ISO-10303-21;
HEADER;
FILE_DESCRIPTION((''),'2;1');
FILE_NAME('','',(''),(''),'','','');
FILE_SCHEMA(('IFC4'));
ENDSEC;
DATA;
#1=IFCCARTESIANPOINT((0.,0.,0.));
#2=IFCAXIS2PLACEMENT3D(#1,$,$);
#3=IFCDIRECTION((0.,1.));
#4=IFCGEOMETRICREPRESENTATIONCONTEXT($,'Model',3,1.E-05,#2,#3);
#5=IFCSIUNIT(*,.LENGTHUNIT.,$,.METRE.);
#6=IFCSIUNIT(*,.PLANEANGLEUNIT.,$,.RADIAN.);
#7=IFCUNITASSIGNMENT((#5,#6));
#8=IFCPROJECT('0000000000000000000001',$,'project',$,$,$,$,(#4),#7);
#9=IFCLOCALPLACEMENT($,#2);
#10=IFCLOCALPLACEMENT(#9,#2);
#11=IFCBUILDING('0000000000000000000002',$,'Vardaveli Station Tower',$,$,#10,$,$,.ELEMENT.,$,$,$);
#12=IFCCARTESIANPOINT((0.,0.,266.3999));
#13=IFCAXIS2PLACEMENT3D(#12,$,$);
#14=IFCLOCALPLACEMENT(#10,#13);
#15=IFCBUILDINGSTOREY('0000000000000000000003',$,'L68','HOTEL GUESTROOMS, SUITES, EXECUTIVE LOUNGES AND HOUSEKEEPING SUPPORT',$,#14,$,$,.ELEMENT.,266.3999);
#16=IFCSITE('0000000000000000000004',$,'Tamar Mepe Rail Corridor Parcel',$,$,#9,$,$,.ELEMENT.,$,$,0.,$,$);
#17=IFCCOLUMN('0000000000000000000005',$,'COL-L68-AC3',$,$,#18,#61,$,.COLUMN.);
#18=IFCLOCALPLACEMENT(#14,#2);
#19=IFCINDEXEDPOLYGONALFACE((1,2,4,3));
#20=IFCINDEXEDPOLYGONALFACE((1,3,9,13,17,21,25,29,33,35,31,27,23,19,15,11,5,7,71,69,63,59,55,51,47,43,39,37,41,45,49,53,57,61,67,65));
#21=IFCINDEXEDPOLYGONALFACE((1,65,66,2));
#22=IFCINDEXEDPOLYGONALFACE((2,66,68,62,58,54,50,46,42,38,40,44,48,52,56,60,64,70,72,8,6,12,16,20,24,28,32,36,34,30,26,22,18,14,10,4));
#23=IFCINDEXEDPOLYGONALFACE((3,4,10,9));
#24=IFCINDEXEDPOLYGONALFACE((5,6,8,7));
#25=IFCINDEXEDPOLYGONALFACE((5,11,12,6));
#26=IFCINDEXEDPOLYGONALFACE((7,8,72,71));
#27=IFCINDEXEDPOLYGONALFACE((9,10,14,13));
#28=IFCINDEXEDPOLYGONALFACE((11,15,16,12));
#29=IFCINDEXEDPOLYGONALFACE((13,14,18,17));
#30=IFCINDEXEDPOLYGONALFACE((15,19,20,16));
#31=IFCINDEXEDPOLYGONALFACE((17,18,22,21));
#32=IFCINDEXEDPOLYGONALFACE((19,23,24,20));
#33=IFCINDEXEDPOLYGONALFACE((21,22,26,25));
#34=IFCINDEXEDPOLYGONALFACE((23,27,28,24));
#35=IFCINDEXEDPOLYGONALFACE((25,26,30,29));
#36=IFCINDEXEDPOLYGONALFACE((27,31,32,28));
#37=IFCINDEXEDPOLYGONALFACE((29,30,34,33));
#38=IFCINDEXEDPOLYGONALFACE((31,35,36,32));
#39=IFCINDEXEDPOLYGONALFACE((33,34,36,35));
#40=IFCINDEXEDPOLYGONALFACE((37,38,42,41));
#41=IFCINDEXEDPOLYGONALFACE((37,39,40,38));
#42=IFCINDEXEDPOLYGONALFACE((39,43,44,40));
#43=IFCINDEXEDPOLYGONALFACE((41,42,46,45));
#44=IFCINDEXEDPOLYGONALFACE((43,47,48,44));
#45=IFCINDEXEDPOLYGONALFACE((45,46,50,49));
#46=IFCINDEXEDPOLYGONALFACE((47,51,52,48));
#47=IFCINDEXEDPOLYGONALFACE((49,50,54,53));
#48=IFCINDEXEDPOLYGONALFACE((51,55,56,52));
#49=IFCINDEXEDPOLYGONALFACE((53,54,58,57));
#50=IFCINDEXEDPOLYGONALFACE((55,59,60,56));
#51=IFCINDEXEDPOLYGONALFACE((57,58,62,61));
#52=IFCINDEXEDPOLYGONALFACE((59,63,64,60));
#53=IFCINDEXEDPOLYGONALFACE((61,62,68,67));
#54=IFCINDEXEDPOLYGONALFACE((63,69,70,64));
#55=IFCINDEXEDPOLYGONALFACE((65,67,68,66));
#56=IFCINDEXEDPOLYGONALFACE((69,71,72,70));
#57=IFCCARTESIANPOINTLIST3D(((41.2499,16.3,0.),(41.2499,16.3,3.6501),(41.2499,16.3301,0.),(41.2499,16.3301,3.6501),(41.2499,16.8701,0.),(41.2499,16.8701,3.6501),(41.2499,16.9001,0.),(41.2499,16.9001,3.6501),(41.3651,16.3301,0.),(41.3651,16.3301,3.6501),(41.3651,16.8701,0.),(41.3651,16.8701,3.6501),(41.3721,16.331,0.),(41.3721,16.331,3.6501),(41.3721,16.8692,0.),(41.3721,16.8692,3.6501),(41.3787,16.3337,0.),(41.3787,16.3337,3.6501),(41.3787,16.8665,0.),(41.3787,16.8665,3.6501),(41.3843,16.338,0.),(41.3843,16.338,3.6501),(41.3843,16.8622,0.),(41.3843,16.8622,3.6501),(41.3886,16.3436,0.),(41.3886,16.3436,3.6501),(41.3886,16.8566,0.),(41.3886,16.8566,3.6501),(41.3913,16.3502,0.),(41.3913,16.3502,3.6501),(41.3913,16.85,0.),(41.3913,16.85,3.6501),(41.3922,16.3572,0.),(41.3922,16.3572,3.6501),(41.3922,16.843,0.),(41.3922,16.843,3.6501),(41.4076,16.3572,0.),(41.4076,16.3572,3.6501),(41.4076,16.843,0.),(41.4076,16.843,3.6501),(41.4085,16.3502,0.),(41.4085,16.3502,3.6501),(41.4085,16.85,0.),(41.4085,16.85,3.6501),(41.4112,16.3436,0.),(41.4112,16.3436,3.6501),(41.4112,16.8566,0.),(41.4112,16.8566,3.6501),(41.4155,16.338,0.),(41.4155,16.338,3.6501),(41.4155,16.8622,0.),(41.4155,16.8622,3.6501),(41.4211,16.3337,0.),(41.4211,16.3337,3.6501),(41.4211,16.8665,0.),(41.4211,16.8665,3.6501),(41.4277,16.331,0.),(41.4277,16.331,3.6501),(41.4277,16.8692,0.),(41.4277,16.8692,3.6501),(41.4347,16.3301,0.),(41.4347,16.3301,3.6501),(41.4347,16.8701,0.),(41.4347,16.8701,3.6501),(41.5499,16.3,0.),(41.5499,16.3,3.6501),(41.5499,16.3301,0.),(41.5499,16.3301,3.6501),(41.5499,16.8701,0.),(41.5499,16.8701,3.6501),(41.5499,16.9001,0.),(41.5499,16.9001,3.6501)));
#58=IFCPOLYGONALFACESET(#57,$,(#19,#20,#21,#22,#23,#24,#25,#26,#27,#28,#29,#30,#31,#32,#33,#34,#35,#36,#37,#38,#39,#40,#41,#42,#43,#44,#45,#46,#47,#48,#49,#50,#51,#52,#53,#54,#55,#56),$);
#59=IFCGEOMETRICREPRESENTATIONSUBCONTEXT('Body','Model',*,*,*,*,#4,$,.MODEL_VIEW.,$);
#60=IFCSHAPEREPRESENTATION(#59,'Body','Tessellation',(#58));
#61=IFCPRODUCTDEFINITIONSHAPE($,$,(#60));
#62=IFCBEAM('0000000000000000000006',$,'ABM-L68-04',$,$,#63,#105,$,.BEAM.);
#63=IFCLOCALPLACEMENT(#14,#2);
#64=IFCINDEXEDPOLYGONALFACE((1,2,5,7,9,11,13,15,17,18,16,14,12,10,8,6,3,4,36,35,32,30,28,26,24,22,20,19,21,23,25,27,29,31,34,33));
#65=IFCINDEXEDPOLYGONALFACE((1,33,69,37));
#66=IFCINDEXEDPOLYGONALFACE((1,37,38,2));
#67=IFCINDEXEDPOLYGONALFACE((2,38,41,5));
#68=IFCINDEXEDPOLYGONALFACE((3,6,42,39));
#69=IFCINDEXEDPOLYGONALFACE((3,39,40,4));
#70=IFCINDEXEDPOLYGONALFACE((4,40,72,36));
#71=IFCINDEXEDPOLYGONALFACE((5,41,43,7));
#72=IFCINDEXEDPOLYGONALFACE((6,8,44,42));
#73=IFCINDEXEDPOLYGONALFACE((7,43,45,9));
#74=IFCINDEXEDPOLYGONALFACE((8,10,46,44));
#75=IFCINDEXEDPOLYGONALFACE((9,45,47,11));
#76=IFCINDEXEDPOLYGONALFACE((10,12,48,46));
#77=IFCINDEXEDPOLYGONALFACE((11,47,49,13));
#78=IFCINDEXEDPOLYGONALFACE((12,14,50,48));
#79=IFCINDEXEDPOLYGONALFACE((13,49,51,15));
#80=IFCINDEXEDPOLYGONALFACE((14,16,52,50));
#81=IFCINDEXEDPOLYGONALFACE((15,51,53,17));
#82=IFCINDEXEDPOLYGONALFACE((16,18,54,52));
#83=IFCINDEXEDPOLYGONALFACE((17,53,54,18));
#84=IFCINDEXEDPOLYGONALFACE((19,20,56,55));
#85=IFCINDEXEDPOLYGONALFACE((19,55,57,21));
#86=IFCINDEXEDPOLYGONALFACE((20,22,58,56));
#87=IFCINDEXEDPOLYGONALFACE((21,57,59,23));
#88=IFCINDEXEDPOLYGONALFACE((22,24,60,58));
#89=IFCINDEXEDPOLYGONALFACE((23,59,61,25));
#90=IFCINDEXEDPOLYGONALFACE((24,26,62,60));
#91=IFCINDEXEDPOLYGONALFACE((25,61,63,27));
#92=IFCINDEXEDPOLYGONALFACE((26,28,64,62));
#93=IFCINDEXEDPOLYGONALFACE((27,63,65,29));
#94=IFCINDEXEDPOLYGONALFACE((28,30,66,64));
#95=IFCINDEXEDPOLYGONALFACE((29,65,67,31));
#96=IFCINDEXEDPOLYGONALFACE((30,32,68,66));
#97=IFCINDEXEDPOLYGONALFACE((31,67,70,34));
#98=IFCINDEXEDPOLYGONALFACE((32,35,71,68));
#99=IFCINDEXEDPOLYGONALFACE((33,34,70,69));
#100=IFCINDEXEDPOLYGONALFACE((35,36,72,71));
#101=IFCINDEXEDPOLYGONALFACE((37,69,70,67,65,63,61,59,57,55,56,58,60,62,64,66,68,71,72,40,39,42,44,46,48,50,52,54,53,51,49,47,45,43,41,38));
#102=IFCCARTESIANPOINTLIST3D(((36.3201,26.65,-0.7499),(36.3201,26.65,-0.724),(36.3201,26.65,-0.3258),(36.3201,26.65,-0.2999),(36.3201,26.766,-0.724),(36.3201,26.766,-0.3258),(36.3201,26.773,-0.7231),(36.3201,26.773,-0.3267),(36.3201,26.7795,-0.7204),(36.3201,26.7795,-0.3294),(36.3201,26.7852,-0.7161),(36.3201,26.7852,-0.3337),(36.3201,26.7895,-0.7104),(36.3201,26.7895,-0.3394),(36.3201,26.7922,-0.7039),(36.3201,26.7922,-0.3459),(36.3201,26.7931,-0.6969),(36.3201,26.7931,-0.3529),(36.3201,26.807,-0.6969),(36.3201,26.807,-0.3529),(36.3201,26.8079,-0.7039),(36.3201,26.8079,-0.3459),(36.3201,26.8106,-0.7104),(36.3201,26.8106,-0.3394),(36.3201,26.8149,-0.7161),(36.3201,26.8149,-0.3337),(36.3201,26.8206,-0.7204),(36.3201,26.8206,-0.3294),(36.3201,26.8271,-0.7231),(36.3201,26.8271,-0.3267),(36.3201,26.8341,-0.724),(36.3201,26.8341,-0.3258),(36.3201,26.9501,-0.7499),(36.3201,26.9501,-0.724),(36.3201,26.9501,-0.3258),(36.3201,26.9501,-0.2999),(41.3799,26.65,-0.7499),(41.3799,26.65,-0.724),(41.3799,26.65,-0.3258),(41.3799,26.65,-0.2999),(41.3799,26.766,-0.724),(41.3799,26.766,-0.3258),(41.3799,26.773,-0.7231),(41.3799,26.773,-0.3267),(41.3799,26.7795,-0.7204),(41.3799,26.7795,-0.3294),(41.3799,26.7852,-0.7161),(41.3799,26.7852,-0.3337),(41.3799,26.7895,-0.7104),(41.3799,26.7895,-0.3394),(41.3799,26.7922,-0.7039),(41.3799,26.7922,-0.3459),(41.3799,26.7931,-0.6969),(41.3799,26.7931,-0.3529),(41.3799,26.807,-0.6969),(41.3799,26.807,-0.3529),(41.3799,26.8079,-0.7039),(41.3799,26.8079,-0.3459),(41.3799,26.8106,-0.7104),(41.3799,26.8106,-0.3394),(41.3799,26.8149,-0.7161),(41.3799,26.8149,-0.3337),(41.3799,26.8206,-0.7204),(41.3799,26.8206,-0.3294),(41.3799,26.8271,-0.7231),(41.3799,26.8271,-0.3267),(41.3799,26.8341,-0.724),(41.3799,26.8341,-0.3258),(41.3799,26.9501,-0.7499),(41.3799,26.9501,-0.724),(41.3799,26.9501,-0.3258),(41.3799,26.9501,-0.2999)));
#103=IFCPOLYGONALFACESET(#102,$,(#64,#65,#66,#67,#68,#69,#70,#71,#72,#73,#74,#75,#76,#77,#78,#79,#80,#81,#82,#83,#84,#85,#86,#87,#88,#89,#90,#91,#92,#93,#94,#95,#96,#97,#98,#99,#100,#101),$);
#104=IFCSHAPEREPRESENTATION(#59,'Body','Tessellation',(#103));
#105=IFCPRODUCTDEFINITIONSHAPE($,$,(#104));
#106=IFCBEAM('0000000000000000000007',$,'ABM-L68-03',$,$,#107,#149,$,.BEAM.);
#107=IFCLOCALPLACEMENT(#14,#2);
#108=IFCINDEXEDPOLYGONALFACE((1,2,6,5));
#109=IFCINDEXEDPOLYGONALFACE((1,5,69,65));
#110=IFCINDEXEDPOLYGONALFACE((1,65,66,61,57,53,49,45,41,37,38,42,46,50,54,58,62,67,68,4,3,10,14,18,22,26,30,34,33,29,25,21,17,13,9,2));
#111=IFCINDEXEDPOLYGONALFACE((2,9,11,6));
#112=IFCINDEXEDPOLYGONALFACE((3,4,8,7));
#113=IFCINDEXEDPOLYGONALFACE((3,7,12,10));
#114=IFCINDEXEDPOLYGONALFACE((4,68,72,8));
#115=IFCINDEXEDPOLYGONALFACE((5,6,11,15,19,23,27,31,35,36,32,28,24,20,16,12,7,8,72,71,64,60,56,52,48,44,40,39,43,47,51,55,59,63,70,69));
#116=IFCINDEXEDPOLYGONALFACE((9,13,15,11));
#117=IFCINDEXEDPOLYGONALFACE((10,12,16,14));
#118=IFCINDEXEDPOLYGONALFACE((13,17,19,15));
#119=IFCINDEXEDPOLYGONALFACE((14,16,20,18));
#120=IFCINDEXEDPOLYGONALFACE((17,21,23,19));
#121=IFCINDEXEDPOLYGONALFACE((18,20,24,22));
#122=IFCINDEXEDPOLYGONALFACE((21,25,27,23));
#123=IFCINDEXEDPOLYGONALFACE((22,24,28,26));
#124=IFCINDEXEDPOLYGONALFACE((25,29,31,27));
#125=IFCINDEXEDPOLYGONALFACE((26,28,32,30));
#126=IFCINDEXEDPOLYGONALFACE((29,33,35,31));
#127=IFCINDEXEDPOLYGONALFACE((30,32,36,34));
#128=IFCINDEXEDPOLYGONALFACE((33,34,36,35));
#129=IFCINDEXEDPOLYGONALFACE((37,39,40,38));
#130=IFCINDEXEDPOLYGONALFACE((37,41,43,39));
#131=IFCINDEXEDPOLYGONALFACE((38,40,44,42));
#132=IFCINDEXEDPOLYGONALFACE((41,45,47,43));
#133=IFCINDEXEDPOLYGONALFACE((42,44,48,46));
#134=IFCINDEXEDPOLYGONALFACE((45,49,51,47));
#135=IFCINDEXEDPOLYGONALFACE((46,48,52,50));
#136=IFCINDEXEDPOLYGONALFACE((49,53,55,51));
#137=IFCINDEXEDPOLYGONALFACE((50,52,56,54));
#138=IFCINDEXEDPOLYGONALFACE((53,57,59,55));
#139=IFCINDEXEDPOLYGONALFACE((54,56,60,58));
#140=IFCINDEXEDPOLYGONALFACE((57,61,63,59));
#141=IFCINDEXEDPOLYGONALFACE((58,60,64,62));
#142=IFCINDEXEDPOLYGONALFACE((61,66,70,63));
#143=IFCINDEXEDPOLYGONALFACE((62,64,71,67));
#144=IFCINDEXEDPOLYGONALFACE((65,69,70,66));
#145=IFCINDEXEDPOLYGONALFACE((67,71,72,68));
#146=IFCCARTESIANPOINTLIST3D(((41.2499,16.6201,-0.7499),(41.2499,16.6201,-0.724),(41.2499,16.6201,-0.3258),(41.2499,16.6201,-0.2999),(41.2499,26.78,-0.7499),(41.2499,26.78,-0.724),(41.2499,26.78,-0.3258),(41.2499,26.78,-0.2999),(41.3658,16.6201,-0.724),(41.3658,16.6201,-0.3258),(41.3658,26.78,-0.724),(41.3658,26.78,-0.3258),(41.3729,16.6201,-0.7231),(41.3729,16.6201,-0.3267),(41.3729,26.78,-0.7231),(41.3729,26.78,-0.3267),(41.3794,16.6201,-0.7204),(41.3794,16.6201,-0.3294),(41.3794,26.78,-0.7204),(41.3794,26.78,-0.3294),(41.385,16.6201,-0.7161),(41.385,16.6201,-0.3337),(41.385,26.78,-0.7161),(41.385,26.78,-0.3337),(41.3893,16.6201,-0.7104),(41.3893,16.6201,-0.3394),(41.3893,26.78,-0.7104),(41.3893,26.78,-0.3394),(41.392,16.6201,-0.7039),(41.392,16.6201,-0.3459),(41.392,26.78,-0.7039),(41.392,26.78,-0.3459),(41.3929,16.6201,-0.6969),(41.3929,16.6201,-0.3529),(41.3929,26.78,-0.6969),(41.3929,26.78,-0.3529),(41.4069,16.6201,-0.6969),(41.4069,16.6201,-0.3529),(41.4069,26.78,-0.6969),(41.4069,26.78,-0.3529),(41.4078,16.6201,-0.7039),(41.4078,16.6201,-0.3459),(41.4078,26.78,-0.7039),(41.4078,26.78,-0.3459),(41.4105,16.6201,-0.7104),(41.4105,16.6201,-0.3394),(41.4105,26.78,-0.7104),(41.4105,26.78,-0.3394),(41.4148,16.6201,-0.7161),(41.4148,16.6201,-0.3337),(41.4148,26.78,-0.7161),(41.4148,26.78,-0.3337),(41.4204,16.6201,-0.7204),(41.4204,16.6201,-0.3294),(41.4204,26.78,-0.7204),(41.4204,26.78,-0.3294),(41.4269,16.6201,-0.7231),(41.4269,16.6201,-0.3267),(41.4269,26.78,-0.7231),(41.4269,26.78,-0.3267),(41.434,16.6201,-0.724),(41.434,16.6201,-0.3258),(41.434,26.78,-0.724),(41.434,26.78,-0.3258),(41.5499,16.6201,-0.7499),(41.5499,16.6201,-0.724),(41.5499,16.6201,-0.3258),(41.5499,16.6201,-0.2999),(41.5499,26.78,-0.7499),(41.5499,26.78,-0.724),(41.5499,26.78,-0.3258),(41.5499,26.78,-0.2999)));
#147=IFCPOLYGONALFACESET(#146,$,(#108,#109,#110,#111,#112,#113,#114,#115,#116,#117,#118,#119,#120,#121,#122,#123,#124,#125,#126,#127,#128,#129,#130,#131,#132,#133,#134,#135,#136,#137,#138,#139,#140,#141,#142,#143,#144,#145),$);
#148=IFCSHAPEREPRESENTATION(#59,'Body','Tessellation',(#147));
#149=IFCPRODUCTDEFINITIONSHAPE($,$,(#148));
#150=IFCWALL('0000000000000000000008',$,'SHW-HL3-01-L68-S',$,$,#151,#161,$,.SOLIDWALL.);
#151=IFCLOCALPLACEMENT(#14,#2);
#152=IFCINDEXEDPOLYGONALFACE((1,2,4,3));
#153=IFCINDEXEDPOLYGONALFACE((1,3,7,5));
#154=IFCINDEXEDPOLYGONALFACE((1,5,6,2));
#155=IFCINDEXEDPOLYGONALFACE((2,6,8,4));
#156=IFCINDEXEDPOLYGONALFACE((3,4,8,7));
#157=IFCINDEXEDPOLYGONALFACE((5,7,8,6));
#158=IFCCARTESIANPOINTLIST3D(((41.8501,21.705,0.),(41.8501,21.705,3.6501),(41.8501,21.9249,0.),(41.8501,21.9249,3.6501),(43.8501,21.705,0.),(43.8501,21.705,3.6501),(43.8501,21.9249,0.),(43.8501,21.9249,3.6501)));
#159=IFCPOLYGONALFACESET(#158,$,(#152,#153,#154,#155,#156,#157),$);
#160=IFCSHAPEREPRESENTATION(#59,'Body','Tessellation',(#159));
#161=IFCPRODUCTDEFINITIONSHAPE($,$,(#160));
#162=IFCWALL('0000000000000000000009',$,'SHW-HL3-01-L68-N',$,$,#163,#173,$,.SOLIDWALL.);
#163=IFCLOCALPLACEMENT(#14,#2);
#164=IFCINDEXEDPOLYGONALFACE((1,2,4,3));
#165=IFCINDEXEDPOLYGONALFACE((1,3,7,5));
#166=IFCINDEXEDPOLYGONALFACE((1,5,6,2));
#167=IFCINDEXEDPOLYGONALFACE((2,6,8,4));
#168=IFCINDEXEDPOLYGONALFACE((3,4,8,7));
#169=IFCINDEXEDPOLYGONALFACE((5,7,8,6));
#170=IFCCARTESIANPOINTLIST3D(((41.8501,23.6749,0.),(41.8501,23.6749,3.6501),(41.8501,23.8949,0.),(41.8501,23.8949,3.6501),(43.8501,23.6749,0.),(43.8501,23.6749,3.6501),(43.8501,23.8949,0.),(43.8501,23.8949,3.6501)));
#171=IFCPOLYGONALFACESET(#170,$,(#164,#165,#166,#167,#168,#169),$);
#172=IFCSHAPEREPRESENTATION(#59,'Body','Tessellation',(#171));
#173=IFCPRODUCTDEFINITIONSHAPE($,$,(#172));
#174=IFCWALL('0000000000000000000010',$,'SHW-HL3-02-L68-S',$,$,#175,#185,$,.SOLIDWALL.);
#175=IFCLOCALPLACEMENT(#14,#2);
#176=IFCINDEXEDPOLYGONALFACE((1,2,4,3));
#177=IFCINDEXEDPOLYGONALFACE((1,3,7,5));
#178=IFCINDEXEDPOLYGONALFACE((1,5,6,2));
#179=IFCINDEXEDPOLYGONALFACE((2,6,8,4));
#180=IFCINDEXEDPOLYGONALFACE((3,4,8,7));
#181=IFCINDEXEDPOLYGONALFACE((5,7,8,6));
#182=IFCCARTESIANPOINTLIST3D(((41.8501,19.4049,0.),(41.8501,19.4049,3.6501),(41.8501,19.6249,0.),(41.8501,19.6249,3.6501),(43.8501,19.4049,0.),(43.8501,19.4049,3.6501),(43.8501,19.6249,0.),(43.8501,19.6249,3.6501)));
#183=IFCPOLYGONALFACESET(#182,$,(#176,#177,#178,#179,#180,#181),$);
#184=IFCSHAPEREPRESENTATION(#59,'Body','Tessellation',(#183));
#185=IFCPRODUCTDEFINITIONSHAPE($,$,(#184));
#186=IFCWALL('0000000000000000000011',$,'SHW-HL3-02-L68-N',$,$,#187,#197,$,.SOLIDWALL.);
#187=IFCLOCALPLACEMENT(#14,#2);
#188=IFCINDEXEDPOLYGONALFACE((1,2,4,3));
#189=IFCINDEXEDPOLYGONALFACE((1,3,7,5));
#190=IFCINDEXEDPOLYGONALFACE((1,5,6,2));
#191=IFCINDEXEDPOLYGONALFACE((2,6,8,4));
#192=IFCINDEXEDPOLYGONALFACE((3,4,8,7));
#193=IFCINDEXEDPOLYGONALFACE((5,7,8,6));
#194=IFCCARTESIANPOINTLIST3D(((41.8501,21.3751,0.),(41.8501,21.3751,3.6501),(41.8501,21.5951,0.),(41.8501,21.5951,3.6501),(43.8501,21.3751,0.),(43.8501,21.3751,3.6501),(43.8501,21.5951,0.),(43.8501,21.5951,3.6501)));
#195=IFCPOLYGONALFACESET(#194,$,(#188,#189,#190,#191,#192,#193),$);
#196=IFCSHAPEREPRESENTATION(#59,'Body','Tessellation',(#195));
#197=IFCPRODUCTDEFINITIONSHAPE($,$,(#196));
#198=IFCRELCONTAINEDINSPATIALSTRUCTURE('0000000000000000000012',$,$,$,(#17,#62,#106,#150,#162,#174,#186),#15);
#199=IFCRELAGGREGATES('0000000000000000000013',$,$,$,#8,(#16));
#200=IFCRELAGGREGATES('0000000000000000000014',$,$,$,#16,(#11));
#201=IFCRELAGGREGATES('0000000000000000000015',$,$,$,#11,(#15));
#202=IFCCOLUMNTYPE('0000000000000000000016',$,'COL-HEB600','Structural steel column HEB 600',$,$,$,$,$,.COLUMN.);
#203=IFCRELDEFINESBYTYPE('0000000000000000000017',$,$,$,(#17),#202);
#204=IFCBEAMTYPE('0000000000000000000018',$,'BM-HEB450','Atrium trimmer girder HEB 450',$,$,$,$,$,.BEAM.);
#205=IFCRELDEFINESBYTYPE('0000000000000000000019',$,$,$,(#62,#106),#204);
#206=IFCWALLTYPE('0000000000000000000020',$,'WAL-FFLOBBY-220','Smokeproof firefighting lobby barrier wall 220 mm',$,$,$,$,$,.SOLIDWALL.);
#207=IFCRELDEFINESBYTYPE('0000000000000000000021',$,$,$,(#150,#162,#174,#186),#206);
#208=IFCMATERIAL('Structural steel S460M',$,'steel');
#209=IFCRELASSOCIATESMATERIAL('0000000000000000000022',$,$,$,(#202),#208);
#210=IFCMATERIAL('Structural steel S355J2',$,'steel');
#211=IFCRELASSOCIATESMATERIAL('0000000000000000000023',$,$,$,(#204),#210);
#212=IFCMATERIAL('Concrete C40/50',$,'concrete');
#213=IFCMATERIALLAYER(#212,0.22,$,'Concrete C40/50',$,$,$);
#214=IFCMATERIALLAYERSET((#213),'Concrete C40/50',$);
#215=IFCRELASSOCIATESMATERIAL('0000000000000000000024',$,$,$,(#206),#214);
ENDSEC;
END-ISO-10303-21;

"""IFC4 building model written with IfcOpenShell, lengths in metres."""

from ifc_helpers import new_model, si_unit, direction, frame, frame_2d, origin, origin_2d, place, context, subcontext, project, spatial, rectangle, i_section, extrude, source, transform, mapped, material, layer, layer_set, material_profile, profile_set, type_object, element, save


model = new_model("IFC4")

# Units and contexts
model_context = context("Model", 3, precision=1e-05, world=origin(), true_north=direction((0.0, 1.0)))
body_context = subcontext(model_context, "Body", "Model", "MODEL_VIEW")
ifc_project = project(units=[si_unit("LENGTHUNIT", "METRE"), si_unit("PLANEANGLEUNIT", "RADIAN")], contexts=[model_context])

# Site, building, storey
site_placement = place(None, origin())
site = spatial("IfcSite", under=ifc_project, at=site_placement, Name="Tamar Mepe Rail Corridor Parcel", CompositionType="ELEMENT", RefElevation=0.0)
building_placement = place(site_placement, origin())
building = spatial("IfcBuilding", under=site, at=building_placement, Name="Vardaveli Station Tower", CompositionType="ELEMENT")
storey_placement = place(building_placement, frame((0.0, 0.0, 266.3999)))
storey = spatial("IfcBuildingStorey", under=building, at=storey_placement, Name="L68", Description="HOTEL GUESTROOMS, SUITES, EXECUTIVE LOUNGES AND HOUSEKEEPING SUPPORT", CompositionType="ELEMENT", Elevation=266.3999)

# Column
ifc_material_1 = material(Name="Structural steel S460M", Category="steel")
ifc_material_profile_1 = material_profile(ifc_material_1, i_section(OverallWidth=0.3, OverallDepth=0.6001, WebThickness=0.0154, FlangeThickness=0.03, FilletRadius=0.0271, at=origin_2d()), Name="HEB 600")
ifc_profile_set_1 = profile_set([ifc_material_profile_1], Name="Structural steel S460M")
column_type = type_object("IfcColumnType", Name="COL-HEB600", Description="Structural steel column HEB 600", PredefinedType="COLUMN", material=ifc_profile_set_1)
shared_shape_1 = source(origin(), body_context, "Body", "SweptSolid", [
    extrude(i_section(OverallWidth=0.3, OverallDepth=0.6001, WebThickness=0.0154, FlangeThickness=0.03, FilletRadius=0.0271, at=origin_2d()), origin(), (0.0, 0.0, 1.0), 3.6501),
])
column_placement = place(storey_placement, frame((41.3999, 16.6001, 0.0), z_axis=(0.0, 0.0, 1.0), x_axis=(1.0, 0.0, 0.0)))
element("IfcColumn", 1, at=column_placement, inside=storey, type_object=column_type, Name="COL-L68-AC3", PredefinedType="COLUMN", context=body_context, shape_type="MappedRepresentation", body=[
    mapped(shared_shape_1, transform((0.0, 0.0, 0.0), scale=1.0)),
])

# Beams
ifc_material_2 = material(Name="Structural steel S355J2", Category="steel")
ifc_material_profile_2 = material_profile(ifc_material_2, i_section(OverallWidth=0.3, OverallDepth=0.45, WebThickness=0.0139, FlangeThickness=0.0259, FilletRadius=0.0271, at=origin_2d()), Name="HEB 450")
ifc_profile_set_2 = profile_set([ifc_material_profile_2], Name="Structural steel S355J2")
beam_type = type_object("IfcBeamType", Name="BM-HEB450", Description="Atrium trimmer girder HEB 450", PredefinedType="BEAM", material=ifc_profile_set_2)
shared_shape_2 = source(origin(), body_context, "Body", "SweptSolid", [
    extrude(i_section(OverallWidth=0.3, OverallDepth=0.45, WebThickness=0.0139, FlangeThickness=0.0259, FilletRadius=0.0271, at=origin_2d()), origin(), (0.0, 0.0, 1.0), 5.0598),
])
beam_1_placement = place(storey_placement, frame((41.3799, 26.8, -0.5249), z_axis=(-1.0, 0.0, 0.0), x_axis=(0.0, -1.0, 0.0)))
element("IfcBeam", 2, at=beam_1_placement, inside=storey, type_object=beam_type, Name="ABM-L68-04", PredefinedType="BEAM", context=body_context, shape_type="MappedRepresentation", body=[
    mapped(shared_shape_2, transform((0.0, 0.0, 0.0), scale=1.0)),
])
shared_shape_3 = source(origin(), body_context, "Body", "SweptSolid", [
    extrude(i_section(OverallWidth=0.3, OverallDepth=0.45, WebThickness=0.0139, FlangeThickness=0.0259, FilletRadius=0.0271, at=origin_2d()), origin(), (0.0, 0.0, 1.0), 10.1599),
])
beam_2_placement = place(storey_placement, frame((41.3999, 16.6201, -0.5249), z_axis=(0.0, 1.0, 0.0), x_axis=(-1.0, 0.0, 0.0)))
element("IfcBeam", 3, at=beam_2_placement, inside=storey, type_object=beam_type, Name="ABM-L68-03", PredefinedType="BEAM", context=body_context, shape_type="MappedRepresentation", body=[
    mapped(shared_shape_3, transform((0.0, 0.0, 0.0), scale=1.0)),
])

# Walls
ifc_material_3 = material(Name="Concrete C40/50", Category="concrete")
ifc_layer_1 = layer(ifc_material_3, 0.22, Name="Concrete C40/50")
ifc_layer_set_1 = layer_set([ifc_layer_1], Name="Concrete C40/50")
wall_type_1 = type_object("IfcWallType", Name="WAL-FFLOBBY-220", Description="Smokeproof firefighting lobby barrier wall 220 mm", PredefinedType="SOLIDWALL", material=ifc_layer_set_1)
shared_shape_4 = source(origin(), body_context, "Body", "SweptSolid", [
    extrude(rectangle(XDim=2.0, YDim=0.22, at=frame_2d((1.0, 0.0))), origin(), (0.0, 0.0, 1.0), 3.6501),
])
for number, where, z_axis, x_axis, name in (
    (4, (41.8501, 21.8149, 0.0), (0.0, 0.0, 1.0), (1.0, 0.0, 0.0), "SHW-HL3-01-L68-S"),
    (5, (41.8501, 23.7849, 0.0), (0.0, 0.0, 1.0), (1.0, 0.0, 0.0), "SHW-HL3-01-L68-N"),
    (6, (41.8501, 19.5149, 0.0), (0.0, 0.0, 1.0), (1.0, 0.0, 0.0), "SHW-HL3-02-L68-S"),
    (7, (41.8501, 21.4851, 0.0), (0.0, 0.0, 1.0), (1.0, 0.0, 0.0), "SHW-HL3-02-L68-N"),
):
    element("IfcWall", number, at=place(storey_placement, frame(where, z_axis=z_axis, x_axis=x_axis)), inside=storey, type_object=wall_type_1, Name=name, PredefinedType="SOLIDWALL", context=body_context, shape_type="MappedRepresentation", body=[
        mapped(shared_shape_4, transform((0.0, 0.0, 0.0), scale=1.0)),
    ])

save(model, "model.ifc")
